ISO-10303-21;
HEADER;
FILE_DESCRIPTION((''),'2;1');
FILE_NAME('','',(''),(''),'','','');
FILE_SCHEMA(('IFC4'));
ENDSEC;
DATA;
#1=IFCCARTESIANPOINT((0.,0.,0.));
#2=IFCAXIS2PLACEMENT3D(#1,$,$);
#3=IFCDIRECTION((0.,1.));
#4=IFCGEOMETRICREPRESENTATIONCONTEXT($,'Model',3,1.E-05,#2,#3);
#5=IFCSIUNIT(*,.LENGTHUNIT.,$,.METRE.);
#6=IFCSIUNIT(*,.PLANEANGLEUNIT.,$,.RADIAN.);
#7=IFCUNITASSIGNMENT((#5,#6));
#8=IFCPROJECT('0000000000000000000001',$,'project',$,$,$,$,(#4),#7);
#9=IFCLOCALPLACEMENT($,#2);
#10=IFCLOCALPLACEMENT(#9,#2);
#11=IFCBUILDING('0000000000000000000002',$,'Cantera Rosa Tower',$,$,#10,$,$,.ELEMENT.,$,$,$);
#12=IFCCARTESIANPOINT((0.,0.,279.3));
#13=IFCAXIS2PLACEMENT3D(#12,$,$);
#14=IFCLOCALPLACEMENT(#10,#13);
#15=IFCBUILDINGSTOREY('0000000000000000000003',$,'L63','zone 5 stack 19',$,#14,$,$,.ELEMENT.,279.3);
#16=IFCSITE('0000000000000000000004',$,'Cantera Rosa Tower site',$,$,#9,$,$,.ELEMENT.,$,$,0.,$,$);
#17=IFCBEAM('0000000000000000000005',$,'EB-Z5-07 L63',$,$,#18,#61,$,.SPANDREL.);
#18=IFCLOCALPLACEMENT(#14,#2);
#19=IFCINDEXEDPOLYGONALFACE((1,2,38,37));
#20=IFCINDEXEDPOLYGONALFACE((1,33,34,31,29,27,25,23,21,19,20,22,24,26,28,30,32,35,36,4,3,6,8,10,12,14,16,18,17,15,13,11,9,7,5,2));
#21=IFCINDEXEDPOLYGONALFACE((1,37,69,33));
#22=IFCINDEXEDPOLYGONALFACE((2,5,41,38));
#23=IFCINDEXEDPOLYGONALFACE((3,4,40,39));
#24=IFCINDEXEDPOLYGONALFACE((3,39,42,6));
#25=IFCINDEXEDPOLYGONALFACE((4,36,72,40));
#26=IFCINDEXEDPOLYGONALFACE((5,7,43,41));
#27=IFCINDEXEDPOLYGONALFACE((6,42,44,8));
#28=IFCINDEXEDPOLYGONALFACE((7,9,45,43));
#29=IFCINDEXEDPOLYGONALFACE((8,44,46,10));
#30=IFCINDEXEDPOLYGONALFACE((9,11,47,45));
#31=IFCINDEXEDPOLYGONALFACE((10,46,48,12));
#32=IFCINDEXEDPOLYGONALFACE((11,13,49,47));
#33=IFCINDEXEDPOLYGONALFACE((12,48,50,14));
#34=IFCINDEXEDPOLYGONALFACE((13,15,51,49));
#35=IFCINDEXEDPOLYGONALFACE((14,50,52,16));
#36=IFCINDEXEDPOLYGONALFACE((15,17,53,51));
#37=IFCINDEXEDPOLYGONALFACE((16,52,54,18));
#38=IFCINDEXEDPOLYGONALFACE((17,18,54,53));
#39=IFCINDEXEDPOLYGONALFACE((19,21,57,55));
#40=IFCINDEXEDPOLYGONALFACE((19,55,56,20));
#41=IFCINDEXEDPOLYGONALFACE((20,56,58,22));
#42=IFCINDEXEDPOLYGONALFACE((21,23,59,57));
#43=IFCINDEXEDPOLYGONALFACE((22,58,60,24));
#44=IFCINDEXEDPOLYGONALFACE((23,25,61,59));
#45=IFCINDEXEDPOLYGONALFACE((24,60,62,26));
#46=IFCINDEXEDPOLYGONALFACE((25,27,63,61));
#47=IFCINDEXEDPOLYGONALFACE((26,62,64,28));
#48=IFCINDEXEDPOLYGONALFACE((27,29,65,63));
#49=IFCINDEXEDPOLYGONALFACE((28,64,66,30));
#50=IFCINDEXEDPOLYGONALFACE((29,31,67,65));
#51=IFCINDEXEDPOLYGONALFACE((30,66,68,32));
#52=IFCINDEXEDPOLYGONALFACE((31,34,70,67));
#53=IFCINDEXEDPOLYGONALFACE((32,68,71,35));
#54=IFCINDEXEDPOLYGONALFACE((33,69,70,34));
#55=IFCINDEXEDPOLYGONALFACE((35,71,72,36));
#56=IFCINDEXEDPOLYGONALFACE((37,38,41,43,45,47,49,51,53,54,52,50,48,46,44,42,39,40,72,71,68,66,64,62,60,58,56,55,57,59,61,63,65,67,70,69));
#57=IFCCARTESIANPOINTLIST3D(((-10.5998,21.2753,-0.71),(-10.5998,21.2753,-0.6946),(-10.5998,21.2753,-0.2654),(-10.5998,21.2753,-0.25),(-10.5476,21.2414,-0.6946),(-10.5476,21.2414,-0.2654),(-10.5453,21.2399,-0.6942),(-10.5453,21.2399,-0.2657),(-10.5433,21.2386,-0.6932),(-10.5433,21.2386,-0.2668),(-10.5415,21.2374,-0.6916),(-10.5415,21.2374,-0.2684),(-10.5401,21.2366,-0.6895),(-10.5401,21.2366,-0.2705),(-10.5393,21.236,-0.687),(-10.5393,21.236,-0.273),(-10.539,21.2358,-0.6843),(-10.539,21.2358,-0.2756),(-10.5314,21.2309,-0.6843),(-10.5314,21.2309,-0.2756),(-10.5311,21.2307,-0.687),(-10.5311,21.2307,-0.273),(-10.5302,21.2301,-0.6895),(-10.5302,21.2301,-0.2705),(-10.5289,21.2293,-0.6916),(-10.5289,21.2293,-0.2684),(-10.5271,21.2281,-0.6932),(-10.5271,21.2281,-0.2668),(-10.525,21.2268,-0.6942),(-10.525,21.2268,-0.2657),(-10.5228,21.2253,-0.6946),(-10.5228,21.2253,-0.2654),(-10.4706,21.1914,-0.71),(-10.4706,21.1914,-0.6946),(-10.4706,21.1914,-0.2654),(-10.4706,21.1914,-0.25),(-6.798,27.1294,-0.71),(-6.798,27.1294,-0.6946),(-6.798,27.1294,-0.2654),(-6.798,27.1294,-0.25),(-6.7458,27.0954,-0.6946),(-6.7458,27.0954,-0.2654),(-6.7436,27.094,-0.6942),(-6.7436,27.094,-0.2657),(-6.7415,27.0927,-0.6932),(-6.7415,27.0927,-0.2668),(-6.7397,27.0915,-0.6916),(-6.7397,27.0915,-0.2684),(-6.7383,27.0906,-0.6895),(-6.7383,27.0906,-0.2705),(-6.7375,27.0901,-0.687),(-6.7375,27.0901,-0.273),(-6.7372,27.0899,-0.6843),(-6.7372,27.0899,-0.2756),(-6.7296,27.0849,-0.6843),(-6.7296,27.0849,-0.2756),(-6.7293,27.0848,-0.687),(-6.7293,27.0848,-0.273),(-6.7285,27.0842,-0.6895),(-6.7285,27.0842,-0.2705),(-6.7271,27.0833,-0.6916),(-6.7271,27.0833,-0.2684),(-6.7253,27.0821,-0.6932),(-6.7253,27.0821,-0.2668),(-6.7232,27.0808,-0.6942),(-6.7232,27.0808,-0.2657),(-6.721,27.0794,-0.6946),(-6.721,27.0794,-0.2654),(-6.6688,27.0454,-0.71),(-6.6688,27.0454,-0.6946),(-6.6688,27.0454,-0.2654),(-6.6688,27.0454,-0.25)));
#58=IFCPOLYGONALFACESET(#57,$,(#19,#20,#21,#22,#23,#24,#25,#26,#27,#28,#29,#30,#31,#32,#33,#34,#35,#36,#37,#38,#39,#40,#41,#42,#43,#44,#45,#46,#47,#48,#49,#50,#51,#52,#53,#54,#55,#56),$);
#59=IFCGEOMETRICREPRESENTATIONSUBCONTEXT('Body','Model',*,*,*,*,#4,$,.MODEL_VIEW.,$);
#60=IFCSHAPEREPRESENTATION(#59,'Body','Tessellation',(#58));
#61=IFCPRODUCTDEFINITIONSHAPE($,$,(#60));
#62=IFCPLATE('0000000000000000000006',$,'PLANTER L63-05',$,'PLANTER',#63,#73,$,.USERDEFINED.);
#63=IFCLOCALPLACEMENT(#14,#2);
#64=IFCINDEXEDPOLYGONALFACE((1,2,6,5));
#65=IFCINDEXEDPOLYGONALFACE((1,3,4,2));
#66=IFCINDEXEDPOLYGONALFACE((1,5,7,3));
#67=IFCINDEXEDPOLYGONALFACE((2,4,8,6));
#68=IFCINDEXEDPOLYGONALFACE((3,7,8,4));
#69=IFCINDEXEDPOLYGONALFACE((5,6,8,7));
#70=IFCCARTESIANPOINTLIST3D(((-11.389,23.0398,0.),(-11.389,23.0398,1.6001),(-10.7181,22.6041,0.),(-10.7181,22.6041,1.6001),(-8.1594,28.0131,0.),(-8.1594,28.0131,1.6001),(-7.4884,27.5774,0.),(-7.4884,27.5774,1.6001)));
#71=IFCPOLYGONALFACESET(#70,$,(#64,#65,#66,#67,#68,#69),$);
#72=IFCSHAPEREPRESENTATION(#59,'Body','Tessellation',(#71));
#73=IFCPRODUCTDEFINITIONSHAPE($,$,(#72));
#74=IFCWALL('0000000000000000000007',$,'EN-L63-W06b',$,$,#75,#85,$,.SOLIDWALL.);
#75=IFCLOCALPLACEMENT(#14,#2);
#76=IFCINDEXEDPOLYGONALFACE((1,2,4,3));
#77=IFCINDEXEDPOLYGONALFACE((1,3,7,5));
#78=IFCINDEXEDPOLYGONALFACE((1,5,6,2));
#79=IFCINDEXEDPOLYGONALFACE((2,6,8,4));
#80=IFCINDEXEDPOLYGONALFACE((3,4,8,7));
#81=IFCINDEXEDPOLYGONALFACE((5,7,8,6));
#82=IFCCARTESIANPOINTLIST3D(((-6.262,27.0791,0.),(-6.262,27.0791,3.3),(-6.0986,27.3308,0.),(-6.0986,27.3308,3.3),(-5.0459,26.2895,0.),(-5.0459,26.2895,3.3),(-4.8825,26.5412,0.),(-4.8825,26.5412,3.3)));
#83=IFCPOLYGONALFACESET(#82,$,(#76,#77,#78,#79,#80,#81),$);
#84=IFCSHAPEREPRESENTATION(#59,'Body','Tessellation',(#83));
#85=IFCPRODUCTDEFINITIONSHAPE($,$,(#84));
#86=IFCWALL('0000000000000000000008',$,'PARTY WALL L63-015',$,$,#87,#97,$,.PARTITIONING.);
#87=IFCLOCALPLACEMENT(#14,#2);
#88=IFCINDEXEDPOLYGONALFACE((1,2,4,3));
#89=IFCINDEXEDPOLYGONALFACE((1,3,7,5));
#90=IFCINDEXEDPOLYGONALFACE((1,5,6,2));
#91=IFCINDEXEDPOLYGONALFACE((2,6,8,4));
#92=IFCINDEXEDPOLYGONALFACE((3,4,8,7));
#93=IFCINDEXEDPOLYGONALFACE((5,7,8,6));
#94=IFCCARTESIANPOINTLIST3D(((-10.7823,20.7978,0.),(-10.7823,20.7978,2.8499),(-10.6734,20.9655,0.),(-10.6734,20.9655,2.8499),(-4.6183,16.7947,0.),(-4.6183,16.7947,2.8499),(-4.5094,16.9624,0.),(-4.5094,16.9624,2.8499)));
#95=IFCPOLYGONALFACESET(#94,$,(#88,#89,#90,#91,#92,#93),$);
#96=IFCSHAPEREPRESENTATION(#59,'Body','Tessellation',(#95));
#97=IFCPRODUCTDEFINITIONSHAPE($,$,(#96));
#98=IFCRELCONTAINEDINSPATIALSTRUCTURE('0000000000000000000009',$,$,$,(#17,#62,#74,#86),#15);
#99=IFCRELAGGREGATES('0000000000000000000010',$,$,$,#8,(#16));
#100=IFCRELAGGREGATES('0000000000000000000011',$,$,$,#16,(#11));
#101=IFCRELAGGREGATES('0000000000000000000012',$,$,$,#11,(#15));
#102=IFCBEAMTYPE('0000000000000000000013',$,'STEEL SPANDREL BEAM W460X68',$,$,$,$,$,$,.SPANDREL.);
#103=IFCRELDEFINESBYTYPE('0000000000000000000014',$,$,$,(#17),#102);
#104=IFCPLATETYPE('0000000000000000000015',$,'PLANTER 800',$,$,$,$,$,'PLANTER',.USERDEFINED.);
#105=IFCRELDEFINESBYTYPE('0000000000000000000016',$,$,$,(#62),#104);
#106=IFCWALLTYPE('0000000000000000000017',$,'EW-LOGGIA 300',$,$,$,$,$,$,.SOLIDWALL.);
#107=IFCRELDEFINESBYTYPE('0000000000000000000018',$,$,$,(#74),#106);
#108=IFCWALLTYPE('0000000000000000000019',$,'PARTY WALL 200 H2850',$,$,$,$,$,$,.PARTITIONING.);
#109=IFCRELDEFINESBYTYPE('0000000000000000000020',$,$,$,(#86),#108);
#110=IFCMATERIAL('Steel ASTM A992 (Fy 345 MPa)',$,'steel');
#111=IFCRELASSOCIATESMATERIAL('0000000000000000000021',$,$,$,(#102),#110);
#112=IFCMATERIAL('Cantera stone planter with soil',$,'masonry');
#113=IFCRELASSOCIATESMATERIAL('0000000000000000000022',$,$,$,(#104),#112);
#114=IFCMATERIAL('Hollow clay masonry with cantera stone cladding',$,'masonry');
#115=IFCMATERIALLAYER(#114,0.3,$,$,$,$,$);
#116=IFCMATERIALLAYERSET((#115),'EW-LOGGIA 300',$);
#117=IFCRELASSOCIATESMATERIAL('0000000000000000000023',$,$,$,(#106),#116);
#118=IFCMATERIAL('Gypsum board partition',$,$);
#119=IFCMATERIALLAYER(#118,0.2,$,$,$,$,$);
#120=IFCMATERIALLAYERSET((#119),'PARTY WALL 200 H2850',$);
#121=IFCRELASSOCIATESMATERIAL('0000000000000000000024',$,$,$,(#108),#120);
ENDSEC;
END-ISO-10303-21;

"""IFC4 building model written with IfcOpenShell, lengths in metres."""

from ifc_helpers import new_model, si_unit, direction, frame, frame_2d, origin, origin_2d, place, context, subcontext, project, spatial, rectangle, i_section, extrude, material, layer, layer_set, material_profile, profile_set, type_object, element, save


model = new_model("IFC4")

# Units and contexts
model_context = context("Model", 3, precision=1e-05, world=origin(), true_north=direction((0.0, 1.0)))
body_context = subcontext(model_context, "Body", "Model", "MODEL_VIEW")
ifc_project = project(units=[si_unit("LENGTHUNIT", "METRE"), si_unit("PLANEANGLEUNIT", "RADIAN")], contexts=[model_context])

# Site, building, storey
site_placement = place(None, origin())
site = spatial("IfcSite", under=ifc_project, at=site_placement, Name="Cantera Rosa Tower site", CompositionType="ELEMENT", RefElevation=0.0)
building_placement = place(site_placement, origin())
building = spatial("IfcBuilding", under=site, at=building_placement, Name="Cantera Rosa Tower", CompositionType="ELEMENT")
storey_placement = place(building_placement, frame((0.0, 0.0, 279.3)))
storey = spatial("IfcBuildingStorey", under=building, at=storey_placement, Name="L63", Description="zone 5 stack 19", CompositionType="ELEMENT", Elevation=279.3)

# Beam
ifc_material_1 = material(Name="Steel ASTM A992 (Fy 345 MPa)", Category="steel")
ifc_material_profile_1 = material_profile(ifc_material_1, i_section(OverallWidth=0.1541, OverallDepth=0.46, WebThickness=0.009, FlangeThickness=0.0154, FilletRadius=0.0103, at=origin_2d()), Name="W460X68")
ifc_profile_set_1 = profile_set([ifc_material_profile_1], Name="Steel ASTM A992 (Fy 345 MPa)")
beam_type_1 = type_object("IfcBeamType", Name="STEEL SPANDREL BEAM W460X68", PredefinedType="SPANDREL", material=ifc_profile_set_1)
beam_1_placement = place(storey_placement, frame((-6.7334, 27.0874, -0.48), z_axis=(-0.544651, -0.838663, 0.0), x_axis=(0.838663, -0.544651, 0.0)))
element("IfcBeam", 1, at=beam_1_placement, inside=storey, type_object=beam_type_1, Name="EB-Z5-07 L63", PredefinedType="SPANDREL", context=body_context, shape_type="SweptSolid", body=[
    extrude(i_section(OverallWidth=0.1541, OverallDepth=0.46, WebThickness=0.009, FlangeThickness=0.0154, FilletRadius=0.0103, at=origin_2d()), origin(), (0.0, 0.0, 1.0), 6.9802),
])

# Plate
ifc_material_2 = material(Name="Cantera stone planter with soil", Category="masonry")
plate_type = type_object("IfcPlateType", Name="PLANTER 800", ElementType="PLANTER", PredefinedType="USERDEFINED", material=ifc_material_2)
plate_placement = place(storey_placement, frame((-9.4387, 25.3086, 0.0), z_axis=(0.0, 0.0, 1.0), x_axis=(-0.544639, -0.838671, 0.0)))
element("IfcPlate", 2, at=plate_placement, inside=storey, type_object=plate_type, Name="PLANTER L63-05", ObjectType="PLANTER", PredefinedType="USERDEFINED", context=body_context, shape_type="SweptSolid", body=[
    extrude(rectangle(XDim=5.9299, YDim=0.8, at=origin_2d()), origin(), (0.0, 0.0, 1.0), 1.6001),
])

# Wall
ifc_material_3 = material(Name="Hollow clay masonry with cantera stone cladding", Category="masonry")
ifc_layer_1 = layer(ifc_material_3, 0.3)
ifc_layer_set_1 = layer_set([ifc_layer_1], Name="EW-LOGGIA 300")
wall_type_1 = type_object("IfcWallType", Name="EW-LOGGIA 300", PredefinedType="SOLIDWALL", material=ifc_layer_set_1)
wall_1_placement = place(storey_placement, frame((-4.9641, 26.4153, 0.0), z_axis=(0.0, 0.0, 1.0), x_axis=(-0.838724, 0.544556, 0.0)))
element("IfcWall", 3, at=wall_1_placement, inside=storey, type_object=wall_type_1, Name="EN-L63-W06b", PredefinedType="SOLIDWALL", context=body_context, shape_type="SweptSolid", body=[
    extrude(rectangle(XDim=1.45, YDim=0.3, at=frame_2d((0.7251, 0.0))), origin(), (0.0, 0.0, 1.0), 3.3),
])

# Wall
ifc_material_4 = material(Name="Gypsum board partition")
ifc_layer_2 = layer(ifc_material_4, 0.2)
ifc_layer_set_2 = layer_set([ifc_layer_2], Name="PARTY WALL 200 H2850")
wall_type_2 = type_object("IfcWallType", Name="PARTY WALL 200 H2850", PredefinedType="PARTITIONING", material=ifc_layer_set_2)
wall_2_placement = place(storey_placement, frame((-10.7278, 20.8816, 0.0), z_axis=(0.0, 0.0, 1.0), x_axis=(0.838659, -0.544657, 0.0)))
element("IfcWall", 4, at=wall_2_placement, inside=storey, type_object=wall_type_2, Name="PARTY WALL L63-015", PredefinedType="PARTITIONING", context=body_context, shape_type="SweptSolid", body=[
    extrude(rectangle(XDim=7.3499, YDim=0.2, at=frame_2d((3.6748, 0.0))), origin(), (0.0, 0.0, 1.0), 2.8499),
])

save(model, "model.ifc")
